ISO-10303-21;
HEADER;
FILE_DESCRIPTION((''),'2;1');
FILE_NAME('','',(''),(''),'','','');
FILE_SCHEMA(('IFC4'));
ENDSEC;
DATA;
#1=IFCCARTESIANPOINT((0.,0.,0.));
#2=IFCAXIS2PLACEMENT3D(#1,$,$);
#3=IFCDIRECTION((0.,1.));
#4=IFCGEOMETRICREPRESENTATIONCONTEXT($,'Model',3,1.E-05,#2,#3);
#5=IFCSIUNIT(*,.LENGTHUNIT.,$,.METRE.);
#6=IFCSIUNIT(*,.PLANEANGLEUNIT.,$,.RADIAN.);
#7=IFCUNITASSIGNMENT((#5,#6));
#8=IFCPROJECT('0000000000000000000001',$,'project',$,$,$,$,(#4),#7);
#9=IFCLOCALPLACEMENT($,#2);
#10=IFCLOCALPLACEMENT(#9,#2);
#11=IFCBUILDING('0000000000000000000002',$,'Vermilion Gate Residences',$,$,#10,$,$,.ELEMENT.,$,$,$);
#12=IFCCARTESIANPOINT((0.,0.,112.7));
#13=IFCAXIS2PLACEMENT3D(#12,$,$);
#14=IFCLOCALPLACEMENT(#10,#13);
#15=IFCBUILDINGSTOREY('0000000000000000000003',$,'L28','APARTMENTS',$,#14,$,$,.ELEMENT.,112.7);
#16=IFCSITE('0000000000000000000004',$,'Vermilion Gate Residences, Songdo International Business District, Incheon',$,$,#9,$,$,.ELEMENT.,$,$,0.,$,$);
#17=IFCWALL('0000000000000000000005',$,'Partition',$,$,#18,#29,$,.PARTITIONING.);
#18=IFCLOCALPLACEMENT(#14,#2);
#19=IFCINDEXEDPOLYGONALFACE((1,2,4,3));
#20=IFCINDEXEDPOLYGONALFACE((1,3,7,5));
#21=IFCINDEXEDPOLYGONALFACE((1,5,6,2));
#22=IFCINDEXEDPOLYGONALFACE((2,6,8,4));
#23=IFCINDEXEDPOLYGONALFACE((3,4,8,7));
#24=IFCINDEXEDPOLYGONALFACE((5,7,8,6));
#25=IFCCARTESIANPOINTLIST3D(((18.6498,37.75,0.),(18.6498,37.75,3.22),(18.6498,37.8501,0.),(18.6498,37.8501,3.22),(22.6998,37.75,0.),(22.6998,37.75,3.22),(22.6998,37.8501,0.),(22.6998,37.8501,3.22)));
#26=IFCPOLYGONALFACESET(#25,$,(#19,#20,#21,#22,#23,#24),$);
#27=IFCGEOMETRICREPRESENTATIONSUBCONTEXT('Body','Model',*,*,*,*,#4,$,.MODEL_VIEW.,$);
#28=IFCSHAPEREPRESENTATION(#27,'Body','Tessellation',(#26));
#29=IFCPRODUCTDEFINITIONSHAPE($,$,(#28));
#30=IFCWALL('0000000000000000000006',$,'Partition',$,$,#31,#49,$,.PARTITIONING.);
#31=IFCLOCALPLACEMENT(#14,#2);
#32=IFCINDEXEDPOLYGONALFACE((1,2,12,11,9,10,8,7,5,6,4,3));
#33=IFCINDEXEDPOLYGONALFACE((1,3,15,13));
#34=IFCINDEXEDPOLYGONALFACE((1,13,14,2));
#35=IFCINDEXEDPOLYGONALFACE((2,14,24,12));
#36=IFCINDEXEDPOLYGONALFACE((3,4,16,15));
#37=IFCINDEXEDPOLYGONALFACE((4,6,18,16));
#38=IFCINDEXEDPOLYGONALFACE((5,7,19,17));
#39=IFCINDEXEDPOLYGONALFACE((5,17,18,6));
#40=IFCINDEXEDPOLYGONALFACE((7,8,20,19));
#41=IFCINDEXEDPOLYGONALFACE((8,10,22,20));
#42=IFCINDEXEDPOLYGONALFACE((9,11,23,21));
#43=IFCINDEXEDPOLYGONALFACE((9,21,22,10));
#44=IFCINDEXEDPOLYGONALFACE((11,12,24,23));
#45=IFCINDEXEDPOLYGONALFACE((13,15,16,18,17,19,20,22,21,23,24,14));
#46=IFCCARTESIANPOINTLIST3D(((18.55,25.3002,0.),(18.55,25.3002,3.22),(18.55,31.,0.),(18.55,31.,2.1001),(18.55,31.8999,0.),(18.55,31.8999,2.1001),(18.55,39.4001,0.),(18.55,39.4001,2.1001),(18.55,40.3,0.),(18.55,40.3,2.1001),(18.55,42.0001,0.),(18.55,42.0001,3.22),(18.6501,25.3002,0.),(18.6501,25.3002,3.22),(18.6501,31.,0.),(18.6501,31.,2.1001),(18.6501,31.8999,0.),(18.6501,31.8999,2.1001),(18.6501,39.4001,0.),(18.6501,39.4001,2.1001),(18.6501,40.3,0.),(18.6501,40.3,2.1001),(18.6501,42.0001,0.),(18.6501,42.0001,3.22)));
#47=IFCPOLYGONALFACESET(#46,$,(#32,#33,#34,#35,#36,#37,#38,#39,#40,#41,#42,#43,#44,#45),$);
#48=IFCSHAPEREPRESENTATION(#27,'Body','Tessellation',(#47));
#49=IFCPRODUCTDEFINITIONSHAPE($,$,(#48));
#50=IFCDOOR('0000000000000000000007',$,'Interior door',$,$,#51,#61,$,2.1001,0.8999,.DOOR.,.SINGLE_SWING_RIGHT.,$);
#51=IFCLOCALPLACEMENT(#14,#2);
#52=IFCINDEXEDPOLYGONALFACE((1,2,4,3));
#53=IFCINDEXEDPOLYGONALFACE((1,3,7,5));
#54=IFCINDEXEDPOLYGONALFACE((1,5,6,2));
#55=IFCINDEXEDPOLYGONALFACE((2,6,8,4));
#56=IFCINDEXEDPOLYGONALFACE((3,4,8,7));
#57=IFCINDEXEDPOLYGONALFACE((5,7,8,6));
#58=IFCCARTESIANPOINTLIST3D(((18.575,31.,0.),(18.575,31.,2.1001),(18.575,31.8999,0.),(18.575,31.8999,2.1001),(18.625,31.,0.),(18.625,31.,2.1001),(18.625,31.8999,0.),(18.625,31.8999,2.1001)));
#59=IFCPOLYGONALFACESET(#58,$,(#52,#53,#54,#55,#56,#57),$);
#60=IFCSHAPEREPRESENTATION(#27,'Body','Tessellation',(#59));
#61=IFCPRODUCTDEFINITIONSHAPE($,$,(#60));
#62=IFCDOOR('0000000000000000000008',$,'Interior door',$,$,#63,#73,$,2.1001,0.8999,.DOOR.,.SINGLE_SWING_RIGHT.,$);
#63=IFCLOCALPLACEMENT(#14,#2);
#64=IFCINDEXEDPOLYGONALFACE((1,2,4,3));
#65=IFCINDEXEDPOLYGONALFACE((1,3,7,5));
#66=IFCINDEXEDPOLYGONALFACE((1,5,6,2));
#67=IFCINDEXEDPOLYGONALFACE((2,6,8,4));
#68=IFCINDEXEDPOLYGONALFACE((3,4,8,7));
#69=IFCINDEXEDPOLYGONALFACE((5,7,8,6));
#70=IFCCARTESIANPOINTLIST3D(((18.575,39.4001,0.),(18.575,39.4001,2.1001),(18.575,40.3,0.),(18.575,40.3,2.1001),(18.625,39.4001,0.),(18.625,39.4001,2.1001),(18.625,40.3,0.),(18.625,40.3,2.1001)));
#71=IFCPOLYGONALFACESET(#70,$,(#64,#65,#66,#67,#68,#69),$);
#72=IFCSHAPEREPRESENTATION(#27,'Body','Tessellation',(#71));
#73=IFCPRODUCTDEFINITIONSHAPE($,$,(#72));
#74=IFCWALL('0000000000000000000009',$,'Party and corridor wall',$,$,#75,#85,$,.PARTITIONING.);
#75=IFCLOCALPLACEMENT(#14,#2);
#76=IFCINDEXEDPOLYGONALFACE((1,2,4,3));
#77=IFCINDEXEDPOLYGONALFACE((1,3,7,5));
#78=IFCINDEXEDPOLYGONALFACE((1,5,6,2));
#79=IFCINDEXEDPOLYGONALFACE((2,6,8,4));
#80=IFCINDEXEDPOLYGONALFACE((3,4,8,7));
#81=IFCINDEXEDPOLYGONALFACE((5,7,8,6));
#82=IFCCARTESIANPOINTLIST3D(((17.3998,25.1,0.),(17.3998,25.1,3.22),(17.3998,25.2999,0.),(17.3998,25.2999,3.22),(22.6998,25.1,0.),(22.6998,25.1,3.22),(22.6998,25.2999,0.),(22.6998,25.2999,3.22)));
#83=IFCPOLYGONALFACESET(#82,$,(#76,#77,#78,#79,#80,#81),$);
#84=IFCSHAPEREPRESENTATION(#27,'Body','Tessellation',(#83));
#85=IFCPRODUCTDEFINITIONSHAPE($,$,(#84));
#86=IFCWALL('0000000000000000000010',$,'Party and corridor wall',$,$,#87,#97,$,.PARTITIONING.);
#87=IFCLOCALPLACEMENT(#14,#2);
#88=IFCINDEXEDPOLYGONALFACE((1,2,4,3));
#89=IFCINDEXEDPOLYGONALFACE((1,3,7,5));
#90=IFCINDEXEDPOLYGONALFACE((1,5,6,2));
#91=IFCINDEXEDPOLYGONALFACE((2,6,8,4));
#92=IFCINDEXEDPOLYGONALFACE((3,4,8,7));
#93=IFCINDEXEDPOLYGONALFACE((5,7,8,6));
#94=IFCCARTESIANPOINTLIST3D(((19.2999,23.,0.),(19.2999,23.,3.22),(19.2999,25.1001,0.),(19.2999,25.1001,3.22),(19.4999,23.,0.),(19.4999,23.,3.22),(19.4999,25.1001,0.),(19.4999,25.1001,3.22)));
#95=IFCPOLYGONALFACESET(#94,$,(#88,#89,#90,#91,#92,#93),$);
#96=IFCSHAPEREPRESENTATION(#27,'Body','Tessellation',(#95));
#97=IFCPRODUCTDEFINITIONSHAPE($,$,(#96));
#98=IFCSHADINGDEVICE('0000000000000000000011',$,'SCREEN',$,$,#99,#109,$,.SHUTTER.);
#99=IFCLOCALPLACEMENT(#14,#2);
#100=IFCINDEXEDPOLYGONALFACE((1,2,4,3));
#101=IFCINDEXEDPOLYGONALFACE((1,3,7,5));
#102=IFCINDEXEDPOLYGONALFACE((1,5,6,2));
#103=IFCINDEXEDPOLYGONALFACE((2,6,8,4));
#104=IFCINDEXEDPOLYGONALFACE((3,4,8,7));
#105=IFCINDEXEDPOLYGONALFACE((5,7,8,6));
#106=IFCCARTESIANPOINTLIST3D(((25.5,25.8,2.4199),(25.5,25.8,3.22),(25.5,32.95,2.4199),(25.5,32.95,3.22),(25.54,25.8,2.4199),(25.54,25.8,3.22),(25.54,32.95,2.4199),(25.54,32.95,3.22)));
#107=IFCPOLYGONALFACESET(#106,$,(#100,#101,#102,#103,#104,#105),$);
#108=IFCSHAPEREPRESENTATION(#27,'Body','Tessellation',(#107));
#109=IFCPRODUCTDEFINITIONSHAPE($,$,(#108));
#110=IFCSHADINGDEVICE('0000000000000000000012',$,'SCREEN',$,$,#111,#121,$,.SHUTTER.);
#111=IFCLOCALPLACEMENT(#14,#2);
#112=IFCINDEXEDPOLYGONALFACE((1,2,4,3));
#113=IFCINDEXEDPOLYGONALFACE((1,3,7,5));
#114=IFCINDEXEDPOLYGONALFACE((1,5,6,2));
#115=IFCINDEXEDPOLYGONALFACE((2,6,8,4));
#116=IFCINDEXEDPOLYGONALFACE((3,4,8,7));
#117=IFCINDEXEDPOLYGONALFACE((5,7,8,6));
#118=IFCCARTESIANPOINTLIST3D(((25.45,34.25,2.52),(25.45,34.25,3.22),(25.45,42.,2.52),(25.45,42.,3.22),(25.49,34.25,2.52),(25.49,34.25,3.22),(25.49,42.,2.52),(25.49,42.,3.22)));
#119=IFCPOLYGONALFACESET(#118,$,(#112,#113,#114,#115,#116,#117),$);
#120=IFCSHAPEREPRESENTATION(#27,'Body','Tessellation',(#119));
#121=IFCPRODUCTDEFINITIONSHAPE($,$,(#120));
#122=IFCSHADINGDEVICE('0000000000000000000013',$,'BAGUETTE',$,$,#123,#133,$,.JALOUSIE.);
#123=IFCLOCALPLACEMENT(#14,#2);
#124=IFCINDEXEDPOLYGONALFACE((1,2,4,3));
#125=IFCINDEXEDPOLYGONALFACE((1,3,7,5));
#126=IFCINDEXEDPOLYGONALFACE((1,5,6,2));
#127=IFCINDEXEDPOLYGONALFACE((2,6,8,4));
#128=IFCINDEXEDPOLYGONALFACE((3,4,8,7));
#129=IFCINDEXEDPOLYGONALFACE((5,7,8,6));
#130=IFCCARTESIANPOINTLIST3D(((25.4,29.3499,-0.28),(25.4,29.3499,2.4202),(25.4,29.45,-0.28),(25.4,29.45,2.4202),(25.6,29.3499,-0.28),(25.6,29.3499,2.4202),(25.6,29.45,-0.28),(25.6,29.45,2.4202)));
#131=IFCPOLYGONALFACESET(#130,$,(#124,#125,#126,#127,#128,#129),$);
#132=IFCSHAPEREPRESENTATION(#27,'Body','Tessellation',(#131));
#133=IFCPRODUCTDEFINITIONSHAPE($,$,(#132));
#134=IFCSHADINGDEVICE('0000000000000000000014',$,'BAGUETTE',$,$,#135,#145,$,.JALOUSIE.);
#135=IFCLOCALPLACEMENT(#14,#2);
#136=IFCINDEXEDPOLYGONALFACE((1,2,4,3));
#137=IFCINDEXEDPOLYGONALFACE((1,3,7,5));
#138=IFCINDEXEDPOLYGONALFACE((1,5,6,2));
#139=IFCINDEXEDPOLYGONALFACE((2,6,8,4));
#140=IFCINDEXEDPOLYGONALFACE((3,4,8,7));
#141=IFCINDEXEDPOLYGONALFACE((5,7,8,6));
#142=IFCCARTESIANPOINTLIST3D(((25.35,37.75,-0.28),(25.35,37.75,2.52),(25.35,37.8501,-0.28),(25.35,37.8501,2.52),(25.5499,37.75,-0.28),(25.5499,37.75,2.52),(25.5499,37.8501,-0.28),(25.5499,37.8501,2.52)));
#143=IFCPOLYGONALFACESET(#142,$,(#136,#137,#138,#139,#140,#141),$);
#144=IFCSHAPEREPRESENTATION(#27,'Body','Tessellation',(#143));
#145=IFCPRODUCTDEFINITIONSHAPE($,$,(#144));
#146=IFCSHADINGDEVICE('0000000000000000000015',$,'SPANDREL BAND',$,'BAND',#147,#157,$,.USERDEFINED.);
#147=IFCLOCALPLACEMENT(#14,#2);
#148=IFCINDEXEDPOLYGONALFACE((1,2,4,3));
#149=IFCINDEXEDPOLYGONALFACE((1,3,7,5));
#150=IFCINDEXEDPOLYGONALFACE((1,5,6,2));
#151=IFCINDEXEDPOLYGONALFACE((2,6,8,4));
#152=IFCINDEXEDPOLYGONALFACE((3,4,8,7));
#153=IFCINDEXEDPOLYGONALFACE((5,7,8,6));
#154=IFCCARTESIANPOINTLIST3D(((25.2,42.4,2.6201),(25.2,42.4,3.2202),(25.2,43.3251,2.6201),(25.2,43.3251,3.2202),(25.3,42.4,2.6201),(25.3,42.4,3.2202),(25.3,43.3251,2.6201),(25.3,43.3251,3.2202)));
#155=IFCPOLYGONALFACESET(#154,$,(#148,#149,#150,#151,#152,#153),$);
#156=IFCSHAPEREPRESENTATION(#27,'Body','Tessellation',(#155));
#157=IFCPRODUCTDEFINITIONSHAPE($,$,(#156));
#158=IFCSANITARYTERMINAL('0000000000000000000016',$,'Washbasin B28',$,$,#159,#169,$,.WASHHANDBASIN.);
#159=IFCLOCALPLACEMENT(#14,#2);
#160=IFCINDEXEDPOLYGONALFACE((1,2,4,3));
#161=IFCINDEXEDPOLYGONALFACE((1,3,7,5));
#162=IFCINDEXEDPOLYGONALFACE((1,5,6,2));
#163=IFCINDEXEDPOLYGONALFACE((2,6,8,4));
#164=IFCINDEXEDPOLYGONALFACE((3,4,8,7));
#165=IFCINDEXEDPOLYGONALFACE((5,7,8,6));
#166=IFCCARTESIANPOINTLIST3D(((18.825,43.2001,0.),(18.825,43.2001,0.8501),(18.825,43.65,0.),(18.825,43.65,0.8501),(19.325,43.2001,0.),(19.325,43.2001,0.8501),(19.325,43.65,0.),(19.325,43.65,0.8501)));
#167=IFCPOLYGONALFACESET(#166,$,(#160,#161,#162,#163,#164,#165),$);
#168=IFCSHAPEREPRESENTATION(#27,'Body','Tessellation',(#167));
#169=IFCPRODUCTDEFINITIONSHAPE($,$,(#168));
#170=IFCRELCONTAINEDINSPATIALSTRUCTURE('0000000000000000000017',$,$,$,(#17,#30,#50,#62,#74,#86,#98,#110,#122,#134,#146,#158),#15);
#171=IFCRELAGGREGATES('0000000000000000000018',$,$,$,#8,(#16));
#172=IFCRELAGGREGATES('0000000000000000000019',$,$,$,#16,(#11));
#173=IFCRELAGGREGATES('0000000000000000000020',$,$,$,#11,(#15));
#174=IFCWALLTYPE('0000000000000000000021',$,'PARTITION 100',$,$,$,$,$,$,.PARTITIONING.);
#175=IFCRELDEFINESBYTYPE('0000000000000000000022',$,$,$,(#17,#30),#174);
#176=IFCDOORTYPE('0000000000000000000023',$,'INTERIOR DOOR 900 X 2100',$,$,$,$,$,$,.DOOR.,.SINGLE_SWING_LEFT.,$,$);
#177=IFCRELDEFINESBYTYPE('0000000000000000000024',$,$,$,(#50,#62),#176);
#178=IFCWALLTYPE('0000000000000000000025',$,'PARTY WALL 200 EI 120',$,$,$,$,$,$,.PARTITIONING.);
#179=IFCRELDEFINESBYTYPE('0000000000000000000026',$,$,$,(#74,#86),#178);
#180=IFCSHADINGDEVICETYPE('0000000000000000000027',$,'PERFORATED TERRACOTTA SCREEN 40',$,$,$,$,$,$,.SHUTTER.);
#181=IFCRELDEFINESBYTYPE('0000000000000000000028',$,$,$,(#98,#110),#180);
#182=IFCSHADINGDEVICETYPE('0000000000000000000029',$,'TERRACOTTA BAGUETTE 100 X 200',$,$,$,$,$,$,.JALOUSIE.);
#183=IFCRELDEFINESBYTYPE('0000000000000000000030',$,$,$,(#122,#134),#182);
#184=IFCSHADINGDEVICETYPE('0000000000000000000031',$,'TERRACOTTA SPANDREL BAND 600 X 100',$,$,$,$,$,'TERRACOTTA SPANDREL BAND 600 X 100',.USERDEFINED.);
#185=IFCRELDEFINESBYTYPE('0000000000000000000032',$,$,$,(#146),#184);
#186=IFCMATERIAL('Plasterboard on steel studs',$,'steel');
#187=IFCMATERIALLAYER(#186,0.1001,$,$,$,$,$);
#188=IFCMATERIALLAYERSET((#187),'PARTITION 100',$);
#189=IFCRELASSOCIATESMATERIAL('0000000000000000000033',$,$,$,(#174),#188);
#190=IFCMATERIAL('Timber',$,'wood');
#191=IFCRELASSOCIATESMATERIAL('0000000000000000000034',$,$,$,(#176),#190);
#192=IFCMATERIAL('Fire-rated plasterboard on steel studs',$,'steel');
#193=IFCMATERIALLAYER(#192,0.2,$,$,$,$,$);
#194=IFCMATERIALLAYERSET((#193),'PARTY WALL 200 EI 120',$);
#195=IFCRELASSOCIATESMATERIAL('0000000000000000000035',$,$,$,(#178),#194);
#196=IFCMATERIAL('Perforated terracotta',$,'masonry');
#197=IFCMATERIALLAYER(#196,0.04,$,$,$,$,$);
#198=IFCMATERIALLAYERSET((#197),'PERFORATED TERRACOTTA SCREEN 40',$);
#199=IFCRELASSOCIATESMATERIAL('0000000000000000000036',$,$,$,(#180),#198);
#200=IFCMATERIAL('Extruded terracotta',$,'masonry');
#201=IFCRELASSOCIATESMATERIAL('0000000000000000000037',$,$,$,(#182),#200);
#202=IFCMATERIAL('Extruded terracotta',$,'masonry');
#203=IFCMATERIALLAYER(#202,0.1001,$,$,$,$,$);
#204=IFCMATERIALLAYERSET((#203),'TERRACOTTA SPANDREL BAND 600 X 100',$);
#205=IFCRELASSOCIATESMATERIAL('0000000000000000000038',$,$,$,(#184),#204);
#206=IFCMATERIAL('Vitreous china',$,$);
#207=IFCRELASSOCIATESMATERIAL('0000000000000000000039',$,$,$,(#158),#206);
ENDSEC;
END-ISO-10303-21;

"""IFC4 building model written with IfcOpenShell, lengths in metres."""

from ifc_helpers import new_model, si_unit, direction, frame, frame_2d, origin, origin_2d, place, context, subcontext, project, spatial, rectangle, extrude, material, layer, layer_set, material_profile, profile_set, type_object, element, fill, save


model = new_model("IFC4")

# Units and contexts
model_context = context("Model", 3, precision=1e-05, world=origin(), true_north=direction((0.0, 1.0)))
body_context = subcontext(model_context, "Body", "Model", "MODEL_VIEW")
ifc_project = project(units=[si_unit("LENGTHUNIT", "METRE"), si_unit("PLANEANGLEUNIT", "RADIAN")], contexts=[model_context])

# Site, building, storey
site_placement = place(None, origin())
site = spatial("IfcSite", under=ifc_project, at=site_placement, Name="Vermilion Gate Residences, Songdo International Business District, Incheon", CompositionType="ELEMENT", RefElevation=0.0)
building_placement = place(site_placement, origin())
building = spatial("IfcBuilding", under=site, at=building_placement, Name="Vermilion Gate Residences", CompositionType="ELEMENT")
storey_placement = place(building_placement, frame((0.0, 0.0, 112.7)))
storey = spatial("IfcBuildingStorey", under=building, at=storey_placement, Name="L28", Description="APARTMENTS", CompositionType="ELEMENT", Elevation=112.7)

# Wall
ifc_material_1 = material(Name="Plasterboard on steel studs", Category="steel")
ifc_layer_1 = layer(ifc_material_1, 0.1001)
ifc_layer_set_1 = layer_set([ifc_layer_1], Name="PARTITION 100")
wall_type_1 = type_object("IfcWallType", Name="PARTITION 100", PredefinedType="PARTITIONING", material=ifc_layer_set_1)
wall_1_placement = place(storey_placement, frame((18.6499, 37.8, 0.0), z_axis=(0.0, 0.0, 1.0), x_axis=(1.0, 0.0, 0.0)))
element("IfcWall", 1, at=wall_1_placement, inside=storey, type_object=wall_type_1, Name="Partition", PredefinedType="PARTITIONING", context=body_context, shape_type="SweptSolid", body=[
    extrude(rectangle(XDim=4.05, YDim=0.1001, at=frame_2d((2.0249, 0.0))), origin(), (0.0, 0.0, 1.0), 3.22),
])

# Wall, openings, doors
wall_2_placement = place(storey_placement, frame((18.6001, 25.3, 0.0), z_axis=(0.0, 0.0, 1.0), x_axis=(0.0, 1.0, 0.0)))
wall_2 = element("IfcWall", 2, at=wall_2_placement, inside=storey, type_object=wall_type_1, Name="Partition", PredefinedType="PARTITIONING", context=body_context, shape_type="SweptSolid", body=[
    extrude(rectangle(XDim=16.7, YDim=0.1001, at=frame_2d((8.3501, 0.0))), origin(), (0.0, 0.0, 1.0), 3.22),
])
opening_1_placement = place(wall_2_placement, frame((5.7, 0.0, 0.0)))
opening_1 = element("IfcOpeningElement", 3, at=opening_1_placement, cuts=wall_2, PredefinedType="OPENING", context=body_context, shape_type="SweptSolid", body=[
    extrude(rectangle(XDim=0.8999, YDim=2.1001, at=frame_2d((0.45, 1.05))), frame((0.0, 0.0601, 0.0), z_axis=(0.0, -1.0, 0.0), x_axis=(1.0, 0.0, 0.0)), (0.0, 0.0, 1.0), 0.1201),
])
opening_2_placement = place(wall_2_placement, frame((14.1001, 0.0, 0.0)))
opening_2 = element("IfcOpeningElement", 4, at=opening_2_placement, cuts=wall_2, PredefinedType="OPENING", context=body_context, shape_type="SweptSolid", body=[
    extrude(rectangle(XDim=0.8999, YDim=2.1001, at=frame_2d((0.45, 1.05))), frame((0.0, 0.0601, 0.0), z_axis=(0.0, -1.0, 0.0), x_axis=(1.0, 0.0, 0.0)), (0.0, 0.0, 1.0), 0.1201),
])
ifc_material_2 = material(Name="Timber", Category="wood")
door_type_1 = type_object("IfcDoorType", Name="INTERIOR DOOR 900 X 2100", OperationType="SINGLE_SWING_LEFT", PredefinedType="DOOR", material=ifc_material_2)
door_1_placement = place(opening_1_placement, frame((0.8999, 0.0, 0.0), z_axis=(0.0, 0.0, 1.0), x_axis=(-1.0, 0.0, 0.0)))
door_1 = element("IfcDoor", 5, at=door_1_placement, inside=storey, type_object=door_type_1, Name="Interior door", OperationType="SINGLE_SWING_RIGHT", OverallHeight=2.1001, OverallWidth=0.8999, PredefinedType="DOOR", context=body_context, shape_type="SweptSolid", body=[
    extrude(rectangle(XDim=0.8999, YDim=2.1001, at=frame_2d((0.45, 1.05))), frame((0.0, 0.0249, 0.0), z_axis=(0.0, -1.0, 0.0), x_axis=(1.0, 0.0, 0.0)), (0.0, 0.0, 1.0), 0.05),
])
fill(opening_1, door_1)
door_2_placement = place(opening_2_placement, frame((0.8999, 0.0, 0.0), z_axis=(0.0, 0.0, 1.0), x_axis=(-1.0, 0.0, 0.0)))
door_2 = element("IfcDoor", 6, at=door_2_placement, inside=storey, type_object=door_type_1, Name="Interior door", OperationType="SINGLE_SWING_RIGHT", OverallHeight=2.1001, OverallWidth=0.8999, PredefinedType="DOOR", context=body_context, shape_type="SweptSolid", body=[
    extrude(rectangle(XDim=0.8999, YDim=2.1001, at=frame_2d((0.45, 1.05))), frame((0.0, 0.0249, 0.0), z_axis=(0.0, -1.0, 0.0), x_axis=(1.0, 0.0, 0.0)), (0.0, 0.0, 1.0), 0.05),
])
fill(opening_2, door_2)

# Walls
ifc_material_3 = material(Name="Fire-rated plasterboard on steel studs", Category="steel")
ifc_layer_2 = layer(ifc_material_3, 0.2)
ifc_layer_set_2 = layer_set([ifc_layer_2], Name="PARTY WALL 200 EI 120")
wall_type_2 = type_object("IfcWallType", Name="PARTY WALL 200 EI 120", PredefinedType="PARTITIONING", material=ifc_layer_set_2)
wall_3_placement = place(storey_placement, frame((17.3999, 25.2, 0.0), z_axis=(0.0, 0.0, 1.0), x_axis=(1.0, 0.0, 0.0)))
element("IfcWall", 7, at=wall_3_placement, inside=storey, type_object=wall_type_2, Name="Party and corridor wall", PredefinedType="PARTITIONING", context=body_context, shape_type="SweptSolid", body=[
    extrude(rectangle(XDim=5.3, YDim=0.2, at=frame_2d((2.6499, 0.0))), origin(), (0.0, 0.0, 1.0), 3.22),
])
wall_4_placement = place(storey_placement, frame((19.3999, 23.0, 0.0), z_axis=(0.0, 0.0, 1.0), x_axis=(0.0, 1.0, 0.0)))
element("IfcWall", 8, at=wall_4_placement, inside=storey, type_object=wall_type_2, Name="Party and corridor wall", PredefinedType="PARTITIONING", context=body_context, shape_type="SweptSolid", body=[
    extrude(rectangle(XDim=2.1001, YDim=0.2, at=frame_2d((1.05, 0.0))), origin(), (0.0, 0.0, 1.0), 3.22),
])

# Shading devices
ifc_material_4 = material(Name="Perforated terracotta", Category="masonry")
ifc_layer_3 = layer(ifc_material_4, 0.04)
ifc_layer_set_3 = layer_set([ifc_layer_3], Name="PERFORATED TERRACOTTA SCREEN 40")
shading_device_type_1 = type_object("IfcShadingDeviceType", Name="PERFORATED TERRACOTTA SCREEN 40", PredefinedType="SHUTTER", material=ifc_layer_set_3)
shading_device_1_placement = place(storey_placement, frame((25.52, 29.375, 2.4199), z_axis=(0.0, 0.0, 1.0), x_axis=(0.0, 1.0, 0.0)))
element("IfcShadingDevice", 9, at=shading_device_1_placement, inside=storey, type_object=shading_device_type_1, Name="SCREEN", PredefinedType="SHUTTER", context=body_context, shape_type="SweptSolid", body=[
    extrude(rectangle(XDim=7.1499, YDim=0.04, at=origin_2d()), origin(), (0.0, 0.0, 1.0), 0.8),
])
shading_device_2_placement = place(storey_placement, frame((25.47, 38.125, 2.52), z_axis=(0.0, 0.0, 1.0), x_axis=(0.0, 1.0, 0.0)))
element("IfcShadingDevice", 10, at=shading_device_2_placement, inside=storey, type_object=shading_device_type_1, Name="SCREEN", PredefinedType="SHUTTER", context=body_context, shape_type="SweptSolid", body=[
    extrude(rectangle(XDim=7.75, YDim=0.04, at=origin_2d()), origin(), (0.0, 0.0, 1.0), 0.7),
])
ifc_material_5 = material(Name="Extruded terracotta", Category="masonry")
ifc_material_profile_1 = material_profile(ifc_material_5, rectangle(XDim=0.2, YDim=0.1001, at=origin_2d()), Name="BAGUETTE 100 X 200")
ifc_profile_set_1 = profile_set([ifc_material_profile_1], Name="Extruded terracotta")
shading_device_type_2 = type_object("IfcShadingDeviceType", Name="TERRACOTTA BAGUETTE 100 X 200", PredefinedType="JALOUSIE", material=ifc_profile_set_1)
shading_device_3_placement = place(storey_placement, frame((25.5, 29.3999, -0.28), z_axis=(0.0, 0.0, 1.0), x_axis=(-1.0, 0.0, 0.0)))
element("IfcShadingDevice", 11, at=shading_device_3_placement, inside=storey, type_object=shading_device_type_2, Name="BAGUETTE", PredefinedType="JALOUSIE", context=body_context, shape_type="SweptSolid", body=[
    extrude(rectangle(XDim=0.2, YDim=0.1001, at=origin_2d()), origin(), (0.0, 0.0, 1.0), 2.7002),
])
shading_device_4_placement = place(storey_placement, frame((25.45, 37.8, -0.28), z_axis=(0.0, 0.0, 1.0), x_axis=(-1.0, 0.0, 0.0)))
element("IfcShadingDevice", 12, at=shading_device_4_placement, inside=storey, type_object=shading_device_type_2, Name="BAGUETTE", PredefinedType="JALOUSIE", context=body_context, shape_type="SweptSolid", body=[
    extrude(rectangle(XDim=0.2, YDim=0.1001, at=origin_2d()), origin(), (0.0, 0.0, 1.0), 2.8),
])
ifc_material_6 = material(Name="Extruded terracotta", Category="masonry")
ifc_layer_4 = layer(ifc_material_6, 0.1001)
ifc_layer_set_4 = layer_set([ifc_layer_4], Name="TERRACOTTA SPANDREL BAND 600 X 100")
shading_device_type_3 = type_object("IfcShadingDeviceType", Name="TERRACOTTA SPANDREL BAND 600 X 100", ElementType="TERRACOTTA SPANDREL BAND 600 X 100", PredefinedType="USERDEFINED", material=ifc_layer_set_4)
shading_device_5_placement = place(storey_placement, frame((25.25, 42.8625, 2.6201), z_axis=(0.0, 0.0, 1.0), x_axis=(0.0, 1.0, 0.0)))
element("IfcShadingDevice", 13, at=shading_device_5_placement, inside=storey, type_object=shading_device_type_3, Name="SPANDREL BAND", ObjectType="BAND", PredefinedType="USERDEFINED", context=body_context, shape_type="SweptSolid", body=[
    extrude(rectangle(XDim=0.925, YDim=0.1001, at=origin_2d()), origin(), (0.0, 0.0, 1.0), 0.6001),
])

# Sanitary terminal
ifc_material_7 = material(Name="Vitreous china")
sanitary_terminal_1_placement = place(storey_placement, frame((19.075, 43.425, 0.0), z_axis=(0.0, 0.0, 1.0), x_axis=(1.0, 0.0, 0.0)))
element("IfcSanitaryTerminal", 14, at=sanitary_terminal_1_placement, inside=storey, material=ifc_material_7, Name="Washbasin B28", PredefinedType="WASHHANDBASIN", context=body_context, shape_type="SweptSolid", body=[
    extrude(rectangle(XDim=0.5, YDim=0.45, at=origin_2d()), origin(), (0.0, 0.0, 1.0), 0.8501),
])

save(model, "model.ifc")
